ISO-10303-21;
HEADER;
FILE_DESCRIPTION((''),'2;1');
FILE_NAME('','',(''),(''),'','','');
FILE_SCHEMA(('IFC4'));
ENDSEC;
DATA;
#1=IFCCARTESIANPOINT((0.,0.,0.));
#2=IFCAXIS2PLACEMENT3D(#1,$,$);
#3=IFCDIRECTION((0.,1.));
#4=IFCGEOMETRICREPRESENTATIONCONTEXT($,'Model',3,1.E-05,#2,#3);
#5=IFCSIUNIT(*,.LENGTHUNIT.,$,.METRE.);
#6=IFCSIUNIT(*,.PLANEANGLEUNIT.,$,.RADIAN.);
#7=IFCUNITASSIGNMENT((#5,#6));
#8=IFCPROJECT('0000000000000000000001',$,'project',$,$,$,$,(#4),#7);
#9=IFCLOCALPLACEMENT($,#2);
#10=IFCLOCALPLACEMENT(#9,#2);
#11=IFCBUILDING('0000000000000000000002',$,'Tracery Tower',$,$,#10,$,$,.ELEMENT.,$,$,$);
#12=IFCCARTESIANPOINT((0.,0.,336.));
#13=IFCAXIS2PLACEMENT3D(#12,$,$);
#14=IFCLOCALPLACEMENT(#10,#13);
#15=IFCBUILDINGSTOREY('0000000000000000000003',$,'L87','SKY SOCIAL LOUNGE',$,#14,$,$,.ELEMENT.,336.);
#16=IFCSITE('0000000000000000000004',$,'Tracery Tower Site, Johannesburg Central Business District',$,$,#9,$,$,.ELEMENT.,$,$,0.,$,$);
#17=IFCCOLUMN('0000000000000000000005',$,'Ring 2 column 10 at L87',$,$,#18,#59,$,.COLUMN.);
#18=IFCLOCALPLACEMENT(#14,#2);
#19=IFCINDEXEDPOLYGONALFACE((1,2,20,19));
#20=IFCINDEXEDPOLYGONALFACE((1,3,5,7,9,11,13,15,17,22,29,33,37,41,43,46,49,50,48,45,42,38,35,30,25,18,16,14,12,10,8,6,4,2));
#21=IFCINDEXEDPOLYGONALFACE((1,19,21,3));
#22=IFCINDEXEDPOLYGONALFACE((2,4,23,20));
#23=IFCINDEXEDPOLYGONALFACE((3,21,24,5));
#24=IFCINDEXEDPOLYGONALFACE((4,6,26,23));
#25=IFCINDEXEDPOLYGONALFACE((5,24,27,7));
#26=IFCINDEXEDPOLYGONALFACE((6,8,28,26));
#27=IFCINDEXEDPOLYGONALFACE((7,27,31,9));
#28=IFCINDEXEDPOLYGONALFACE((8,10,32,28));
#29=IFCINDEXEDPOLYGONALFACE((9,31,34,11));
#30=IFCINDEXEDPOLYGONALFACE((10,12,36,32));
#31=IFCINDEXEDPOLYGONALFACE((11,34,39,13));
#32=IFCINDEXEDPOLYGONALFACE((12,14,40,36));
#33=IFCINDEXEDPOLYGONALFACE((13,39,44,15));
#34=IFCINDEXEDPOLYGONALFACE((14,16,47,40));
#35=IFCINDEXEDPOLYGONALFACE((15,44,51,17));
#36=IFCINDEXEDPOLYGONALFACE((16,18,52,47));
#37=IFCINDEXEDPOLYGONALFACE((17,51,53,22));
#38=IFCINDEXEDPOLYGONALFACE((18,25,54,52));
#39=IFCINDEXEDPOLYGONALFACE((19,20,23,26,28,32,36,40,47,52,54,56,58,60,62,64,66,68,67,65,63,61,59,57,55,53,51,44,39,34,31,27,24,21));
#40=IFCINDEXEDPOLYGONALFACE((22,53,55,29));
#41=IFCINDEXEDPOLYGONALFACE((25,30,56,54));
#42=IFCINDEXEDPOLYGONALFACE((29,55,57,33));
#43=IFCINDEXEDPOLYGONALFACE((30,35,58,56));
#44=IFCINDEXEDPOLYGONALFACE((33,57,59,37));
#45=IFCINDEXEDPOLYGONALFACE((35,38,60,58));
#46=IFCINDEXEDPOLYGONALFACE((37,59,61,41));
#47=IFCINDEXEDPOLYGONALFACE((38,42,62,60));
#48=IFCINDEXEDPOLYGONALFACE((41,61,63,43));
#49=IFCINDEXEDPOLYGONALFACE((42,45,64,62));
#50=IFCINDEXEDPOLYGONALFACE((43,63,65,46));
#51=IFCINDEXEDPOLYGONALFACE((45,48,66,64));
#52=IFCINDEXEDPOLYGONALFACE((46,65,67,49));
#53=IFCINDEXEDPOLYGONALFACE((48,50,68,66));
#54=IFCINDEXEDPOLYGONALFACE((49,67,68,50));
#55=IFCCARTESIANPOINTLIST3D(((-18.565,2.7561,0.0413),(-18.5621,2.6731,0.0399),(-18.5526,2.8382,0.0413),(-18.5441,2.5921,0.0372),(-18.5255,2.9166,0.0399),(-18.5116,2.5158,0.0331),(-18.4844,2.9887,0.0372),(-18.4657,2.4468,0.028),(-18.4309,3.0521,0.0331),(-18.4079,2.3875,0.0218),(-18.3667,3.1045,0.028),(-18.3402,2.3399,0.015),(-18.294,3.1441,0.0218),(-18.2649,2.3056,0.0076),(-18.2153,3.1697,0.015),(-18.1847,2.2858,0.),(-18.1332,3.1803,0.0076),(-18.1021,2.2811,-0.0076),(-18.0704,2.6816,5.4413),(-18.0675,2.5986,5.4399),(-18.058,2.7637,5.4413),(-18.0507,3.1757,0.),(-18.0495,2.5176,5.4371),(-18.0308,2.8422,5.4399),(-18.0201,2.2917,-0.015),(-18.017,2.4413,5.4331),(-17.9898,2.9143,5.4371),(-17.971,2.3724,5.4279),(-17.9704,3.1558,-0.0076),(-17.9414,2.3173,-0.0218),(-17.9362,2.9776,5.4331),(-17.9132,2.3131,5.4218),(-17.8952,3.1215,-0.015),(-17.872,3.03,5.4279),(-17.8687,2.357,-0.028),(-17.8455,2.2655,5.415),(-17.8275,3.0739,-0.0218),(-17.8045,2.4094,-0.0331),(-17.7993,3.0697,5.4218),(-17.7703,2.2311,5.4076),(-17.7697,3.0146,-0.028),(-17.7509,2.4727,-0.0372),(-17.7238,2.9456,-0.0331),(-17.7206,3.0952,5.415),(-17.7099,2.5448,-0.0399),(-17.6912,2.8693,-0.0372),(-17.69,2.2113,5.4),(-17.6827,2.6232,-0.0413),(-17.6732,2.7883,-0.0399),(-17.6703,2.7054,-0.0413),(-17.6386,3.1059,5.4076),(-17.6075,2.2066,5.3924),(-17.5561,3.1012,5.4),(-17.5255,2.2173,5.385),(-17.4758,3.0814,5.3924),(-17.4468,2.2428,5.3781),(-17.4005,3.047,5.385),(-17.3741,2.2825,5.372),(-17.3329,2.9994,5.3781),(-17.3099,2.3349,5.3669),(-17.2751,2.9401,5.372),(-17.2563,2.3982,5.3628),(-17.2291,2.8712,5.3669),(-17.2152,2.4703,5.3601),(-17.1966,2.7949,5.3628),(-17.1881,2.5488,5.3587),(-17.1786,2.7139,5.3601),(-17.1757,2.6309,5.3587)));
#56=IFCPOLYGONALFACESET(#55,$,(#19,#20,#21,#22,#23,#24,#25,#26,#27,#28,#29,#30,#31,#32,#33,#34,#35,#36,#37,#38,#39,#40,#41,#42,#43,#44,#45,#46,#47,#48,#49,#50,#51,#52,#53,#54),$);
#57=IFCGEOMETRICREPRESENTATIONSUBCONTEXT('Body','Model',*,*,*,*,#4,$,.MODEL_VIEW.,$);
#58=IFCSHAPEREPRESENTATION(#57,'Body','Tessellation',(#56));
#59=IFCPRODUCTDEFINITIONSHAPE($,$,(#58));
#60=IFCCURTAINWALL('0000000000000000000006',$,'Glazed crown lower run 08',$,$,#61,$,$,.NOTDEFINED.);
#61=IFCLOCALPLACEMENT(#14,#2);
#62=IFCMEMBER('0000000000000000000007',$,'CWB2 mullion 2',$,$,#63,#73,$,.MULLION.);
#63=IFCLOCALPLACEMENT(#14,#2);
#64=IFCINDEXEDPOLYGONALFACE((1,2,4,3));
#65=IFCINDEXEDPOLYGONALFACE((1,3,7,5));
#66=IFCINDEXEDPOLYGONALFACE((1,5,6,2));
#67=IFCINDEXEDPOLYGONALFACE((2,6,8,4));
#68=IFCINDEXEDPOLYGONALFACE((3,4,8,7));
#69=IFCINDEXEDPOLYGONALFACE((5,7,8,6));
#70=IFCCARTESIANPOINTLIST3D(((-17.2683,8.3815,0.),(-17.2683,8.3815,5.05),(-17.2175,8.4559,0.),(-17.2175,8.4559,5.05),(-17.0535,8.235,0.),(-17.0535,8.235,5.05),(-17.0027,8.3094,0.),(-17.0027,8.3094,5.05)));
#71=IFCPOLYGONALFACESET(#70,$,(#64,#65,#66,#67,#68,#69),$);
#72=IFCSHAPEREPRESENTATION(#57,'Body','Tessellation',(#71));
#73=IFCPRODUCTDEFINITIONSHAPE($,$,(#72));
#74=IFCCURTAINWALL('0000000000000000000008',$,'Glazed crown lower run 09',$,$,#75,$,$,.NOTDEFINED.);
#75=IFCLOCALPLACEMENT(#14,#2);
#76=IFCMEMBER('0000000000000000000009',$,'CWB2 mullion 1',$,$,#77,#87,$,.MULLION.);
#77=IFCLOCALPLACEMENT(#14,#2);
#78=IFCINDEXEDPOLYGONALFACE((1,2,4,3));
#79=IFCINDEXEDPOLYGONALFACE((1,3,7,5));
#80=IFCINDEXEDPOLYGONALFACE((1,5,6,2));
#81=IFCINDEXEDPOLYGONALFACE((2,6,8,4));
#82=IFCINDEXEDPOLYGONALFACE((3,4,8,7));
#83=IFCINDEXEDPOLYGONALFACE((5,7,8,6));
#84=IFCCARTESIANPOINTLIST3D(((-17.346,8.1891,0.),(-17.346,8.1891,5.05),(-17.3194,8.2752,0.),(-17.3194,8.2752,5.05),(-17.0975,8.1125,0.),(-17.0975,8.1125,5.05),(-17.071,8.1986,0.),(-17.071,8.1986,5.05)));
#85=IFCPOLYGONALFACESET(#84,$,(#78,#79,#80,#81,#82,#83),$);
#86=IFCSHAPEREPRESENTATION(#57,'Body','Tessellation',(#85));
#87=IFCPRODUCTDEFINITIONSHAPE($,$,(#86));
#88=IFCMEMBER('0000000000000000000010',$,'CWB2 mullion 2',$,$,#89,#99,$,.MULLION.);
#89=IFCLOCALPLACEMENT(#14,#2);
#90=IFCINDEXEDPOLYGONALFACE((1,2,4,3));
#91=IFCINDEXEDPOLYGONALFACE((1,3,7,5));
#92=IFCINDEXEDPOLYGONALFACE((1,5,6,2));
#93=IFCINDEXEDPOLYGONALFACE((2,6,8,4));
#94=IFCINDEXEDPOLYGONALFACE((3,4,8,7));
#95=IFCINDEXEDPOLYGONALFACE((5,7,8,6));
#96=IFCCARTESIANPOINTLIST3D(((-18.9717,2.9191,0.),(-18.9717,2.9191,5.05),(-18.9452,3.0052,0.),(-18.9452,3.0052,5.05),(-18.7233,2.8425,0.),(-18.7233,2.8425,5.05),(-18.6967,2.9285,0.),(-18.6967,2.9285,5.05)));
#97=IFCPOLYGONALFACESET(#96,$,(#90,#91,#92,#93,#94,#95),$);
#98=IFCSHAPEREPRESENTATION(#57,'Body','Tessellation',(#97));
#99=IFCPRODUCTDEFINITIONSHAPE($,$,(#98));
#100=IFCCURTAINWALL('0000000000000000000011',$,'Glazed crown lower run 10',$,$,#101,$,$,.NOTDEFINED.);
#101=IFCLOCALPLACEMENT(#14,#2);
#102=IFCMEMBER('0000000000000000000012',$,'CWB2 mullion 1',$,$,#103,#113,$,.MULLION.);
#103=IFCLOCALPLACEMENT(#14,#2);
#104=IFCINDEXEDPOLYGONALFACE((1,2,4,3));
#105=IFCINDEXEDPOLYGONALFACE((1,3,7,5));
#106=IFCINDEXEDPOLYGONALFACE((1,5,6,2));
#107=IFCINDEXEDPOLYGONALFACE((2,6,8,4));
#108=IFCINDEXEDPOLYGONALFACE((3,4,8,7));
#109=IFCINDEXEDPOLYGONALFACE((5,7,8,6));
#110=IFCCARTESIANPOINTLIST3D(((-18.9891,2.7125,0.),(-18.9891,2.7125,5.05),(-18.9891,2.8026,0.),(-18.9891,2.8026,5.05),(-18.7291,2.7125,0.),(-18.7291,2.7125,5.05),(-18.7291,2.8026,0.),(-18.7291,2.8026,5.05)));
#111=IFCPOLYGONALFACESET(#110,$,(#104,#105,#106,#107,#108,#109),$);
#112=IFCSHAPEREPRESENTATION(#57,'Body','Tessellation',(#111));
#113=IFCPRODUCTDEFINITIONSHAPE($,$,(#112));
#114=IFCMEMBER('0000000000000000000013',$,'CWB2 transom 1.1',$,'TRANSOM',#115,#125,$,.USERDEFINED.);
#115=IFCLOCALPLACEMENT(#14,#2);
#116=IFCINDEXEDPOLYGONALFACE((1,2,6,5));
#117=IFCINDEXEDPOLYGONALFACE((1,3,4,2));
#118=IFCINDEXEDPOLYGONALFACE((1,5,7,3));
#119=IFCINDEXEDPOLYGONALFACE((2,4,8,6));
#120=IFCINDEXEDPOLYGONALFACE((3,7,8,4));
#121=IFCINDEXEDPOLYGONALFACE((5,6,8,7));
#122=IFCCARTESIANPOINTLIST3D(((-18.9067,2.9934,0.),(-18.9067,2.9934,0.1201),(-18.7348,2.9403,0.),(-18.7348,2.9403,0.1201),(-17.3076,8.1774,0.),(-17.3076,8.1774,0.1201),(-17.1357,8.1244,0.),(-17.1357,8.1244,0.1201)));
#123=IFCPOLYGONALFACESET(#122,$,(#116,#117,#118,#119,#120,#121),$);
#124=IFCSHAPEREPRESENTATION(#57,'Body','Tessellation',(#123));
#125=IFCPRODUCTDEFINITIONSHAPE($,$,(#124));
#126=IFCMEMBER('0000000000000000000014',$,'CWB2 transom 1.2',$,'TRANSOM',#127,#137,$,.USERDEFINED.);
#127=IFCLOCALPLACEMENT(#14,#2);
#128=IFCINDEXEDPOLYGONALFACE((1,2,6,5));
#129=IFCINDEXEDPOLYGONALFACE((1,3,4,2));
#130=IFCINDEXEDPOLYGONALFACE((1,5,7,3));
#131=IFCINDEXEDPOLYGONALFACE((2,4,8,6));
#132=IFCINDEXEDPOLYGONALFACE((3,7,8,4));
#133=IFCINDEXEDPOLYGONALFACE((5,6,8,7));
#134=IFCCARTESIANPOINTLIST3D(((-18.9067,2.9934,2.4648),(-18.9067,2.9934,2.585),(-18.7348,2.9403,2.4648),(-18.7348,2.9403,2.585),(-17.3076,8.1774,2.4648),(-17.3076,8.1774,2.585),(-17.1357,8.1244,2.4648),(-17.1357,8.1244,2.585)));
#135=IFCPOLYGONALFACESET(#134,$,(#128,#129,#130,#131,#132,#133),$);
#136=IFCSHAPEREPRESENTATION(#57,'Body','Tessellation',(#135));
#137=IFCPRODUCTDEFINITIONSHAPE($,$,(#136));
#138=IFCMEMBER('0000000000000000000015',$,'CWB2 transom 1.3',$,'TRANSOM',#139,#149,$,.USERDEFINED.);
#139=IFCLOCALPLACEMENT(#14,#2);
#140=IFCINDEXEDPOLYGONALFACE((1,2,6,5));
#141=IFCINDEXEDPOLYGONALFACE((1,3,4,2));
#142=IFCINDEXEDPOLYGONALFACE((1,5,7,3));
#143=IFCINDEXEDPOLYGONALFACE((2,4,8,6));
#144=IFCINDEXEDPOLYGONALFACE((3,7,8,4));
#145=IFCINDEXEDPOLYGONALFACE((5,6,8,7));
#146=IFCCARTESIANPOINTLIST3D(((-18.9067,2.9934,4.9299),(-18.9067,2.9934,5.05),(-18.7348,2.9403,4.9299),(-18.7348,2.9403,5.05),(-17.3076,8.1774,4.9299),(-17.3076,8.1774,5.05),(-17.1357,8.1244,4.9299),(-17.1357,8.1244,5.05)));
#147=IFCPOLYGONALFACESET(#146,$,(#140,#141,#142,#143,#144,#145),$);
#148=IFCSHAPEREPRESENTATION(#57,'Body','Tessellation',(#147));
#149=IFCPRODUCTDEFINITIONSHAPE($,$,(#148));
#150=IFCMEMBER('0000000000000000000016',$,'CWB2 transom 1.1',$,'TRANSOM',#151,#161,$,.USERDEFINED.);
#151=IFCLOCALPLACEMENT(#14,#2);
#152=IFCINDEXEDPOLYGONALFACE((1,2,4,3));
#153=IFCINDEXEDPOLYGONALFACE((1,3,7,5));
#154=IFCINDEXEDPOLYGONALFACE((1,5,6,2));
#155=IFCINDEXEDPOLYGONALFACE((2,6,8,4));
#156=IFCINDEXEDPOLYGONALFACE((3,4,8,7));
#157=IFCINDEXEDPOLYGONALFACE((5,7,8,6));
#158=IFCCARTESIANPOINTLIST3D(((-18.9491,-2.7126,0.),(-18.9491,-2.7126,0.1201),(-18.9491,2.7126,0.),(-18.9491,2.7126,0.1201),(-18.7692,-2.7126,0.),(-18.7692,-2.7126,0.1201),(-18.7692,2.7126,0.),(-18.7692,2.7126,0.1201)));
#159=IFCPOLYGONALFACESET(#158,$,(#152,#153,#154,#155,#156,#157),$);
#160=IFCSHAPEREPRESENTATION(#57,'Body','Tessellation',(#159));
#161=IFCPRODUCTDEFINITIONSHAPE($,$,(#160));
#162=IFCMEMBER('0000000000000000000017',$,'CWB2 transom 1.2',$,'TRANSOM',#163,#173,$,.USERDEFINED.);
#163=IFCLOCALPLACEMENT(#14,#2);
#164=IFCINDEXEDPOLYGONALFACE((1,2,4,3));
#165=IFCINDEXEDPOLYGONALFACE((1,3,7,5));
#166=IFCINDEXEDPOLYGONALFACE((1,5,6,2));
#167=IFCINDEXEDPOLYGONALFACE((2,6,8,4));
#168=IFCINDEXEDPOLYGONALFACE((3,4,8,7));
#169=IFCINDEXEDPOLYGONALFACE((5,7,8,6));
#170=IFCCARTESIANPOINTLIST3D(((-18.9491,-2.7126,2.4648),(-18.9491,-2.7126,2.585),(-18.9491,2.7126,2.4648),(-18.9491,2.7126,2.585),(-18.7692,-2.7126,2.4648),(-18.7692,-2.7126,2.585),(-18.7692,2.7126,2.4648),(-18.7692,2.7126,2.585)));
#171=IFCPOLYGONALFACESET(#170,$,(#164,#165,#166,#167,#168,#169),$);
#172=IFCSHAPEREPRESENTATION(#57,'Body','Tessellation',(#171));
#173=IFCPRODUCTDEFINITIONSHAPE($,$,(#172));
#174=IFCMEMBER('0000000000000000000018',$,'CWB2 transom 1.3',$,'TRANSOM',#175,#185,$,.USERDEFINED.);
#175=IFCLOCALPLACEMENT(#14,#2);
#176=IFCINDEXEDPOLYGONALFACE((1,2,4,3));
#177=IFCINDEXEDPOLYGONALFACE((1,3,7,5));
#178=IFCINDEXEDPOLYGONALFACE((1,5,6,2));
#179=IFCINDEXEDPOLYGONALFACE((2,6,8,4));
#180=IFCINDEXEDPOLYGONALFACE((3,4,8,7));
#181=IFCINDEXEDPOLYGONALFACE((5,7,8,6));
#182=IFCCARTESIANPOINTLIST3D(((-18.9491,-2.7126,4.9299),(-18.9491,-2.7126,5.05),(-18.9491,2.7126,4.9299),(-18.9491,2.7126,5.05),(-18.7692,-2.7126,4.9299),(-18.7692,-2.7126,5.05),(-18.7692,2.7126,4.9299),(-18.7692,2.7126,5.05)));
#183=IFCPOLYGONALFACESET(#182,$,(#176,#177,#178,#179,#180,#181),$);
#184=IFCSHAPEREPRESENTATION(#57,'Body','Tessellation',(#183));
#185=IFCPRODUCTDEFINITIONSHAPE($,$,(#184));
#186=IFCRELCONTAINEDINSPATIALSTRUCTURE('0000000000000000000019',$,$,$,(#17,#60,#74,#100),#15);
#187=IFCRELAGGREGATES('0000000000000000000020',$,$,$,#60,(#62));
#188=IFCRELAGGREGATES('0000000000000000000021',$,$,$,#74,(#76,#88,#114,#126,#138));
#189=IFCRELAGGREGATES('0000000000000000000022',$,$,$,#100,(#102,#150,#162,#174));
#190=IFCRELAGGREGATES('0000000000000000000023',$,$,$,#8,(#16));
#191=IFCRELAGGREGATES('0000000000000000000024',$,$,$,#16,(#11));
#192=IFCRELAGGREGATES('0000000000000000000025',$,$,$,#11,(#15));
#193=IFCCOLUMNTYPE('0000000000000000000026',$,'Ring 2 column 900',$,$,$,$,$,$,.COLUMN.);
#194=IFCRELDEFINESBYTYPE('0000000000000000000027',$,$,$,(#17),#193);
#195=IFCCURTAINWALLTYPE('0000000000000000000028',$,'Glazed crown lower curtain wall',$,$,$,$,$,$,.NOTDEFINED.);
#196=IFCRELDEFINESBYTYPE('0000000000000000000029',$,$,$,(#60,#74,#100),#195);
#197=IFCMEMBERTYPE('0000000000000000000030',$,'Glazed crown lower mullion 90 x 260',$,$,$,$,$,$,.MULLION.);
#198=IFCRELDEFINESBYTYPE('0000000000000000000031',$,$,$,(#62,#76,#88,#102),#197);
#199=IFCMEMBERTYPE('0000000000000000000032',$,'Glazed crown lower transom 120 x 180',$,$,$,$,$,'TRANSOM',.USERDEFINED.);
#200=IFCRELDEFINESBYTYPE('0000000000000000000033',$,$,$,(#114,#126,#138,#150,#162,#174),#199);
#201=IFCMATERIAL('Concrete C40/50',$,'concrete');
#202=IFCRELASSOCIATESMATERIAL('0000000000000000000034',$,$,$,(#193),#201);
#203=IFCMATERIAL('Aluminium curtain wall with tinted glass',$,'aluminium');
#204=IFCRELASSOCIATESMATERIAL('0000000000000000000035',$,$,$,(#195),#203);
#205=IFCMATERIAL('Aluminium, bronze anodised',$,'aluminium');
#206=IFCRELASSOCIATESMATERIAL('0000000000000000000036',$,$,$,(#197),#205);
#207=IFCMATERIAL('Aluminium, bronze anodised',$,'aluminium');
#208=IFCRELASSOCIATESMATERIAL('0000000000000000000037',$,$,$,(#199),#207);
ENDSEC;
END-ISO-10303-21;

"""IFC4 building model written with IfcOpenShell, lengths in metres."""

from ifc_helpers import new_model, si_unit, direction, frame, origin, origin_2d, place, context, subcontext, project, spatial, rectangle, circle, extrude, material, material_profile, profile_set, type_object, element, aggregate, save


model = new_model("IFC4")

# Units and contexts
model_context = context("Model", 3, precision=1e-05, world=origin(), true_north=direction((0.0, 1.0)))
body_context = subcontext(model_context, "Body", "Model", "MODEL_VIEW")
ifc_project = project(units=[si_unit("LENGTHUNIT", "METRE"), si_unit("PLANEANGLEUNIT", "RADIAN")], contexts=[model_context])

# Site, building, storey
site_placement = place(None, origin())
site = spatial("IfcSite", under=ifc_project, at=site_placement, Name="Tracery Tower Site, Johannesburg Central Business District", CompositionType="ELEMENT", RefElevation=0.0)
building_placement = place(site_placement, origin())
building = spatial("IfcBuilding", under=site, at=building_placement, Name="Tracery Tower", CompositionType="ELEMENT")
storey_placement = place(building_placement, frame((0.0, 0.0, 336.0)))
storey = spatial("IfcBuildingStorey", under=building, at=storey_placement, Name="L87", Description="SKY SOCIAL LOUNGE", CompositionType="ELEMENT", Elevation=336.0)

# Column
ifc_material_1 = material(Name="Concrete C40/50", Category="concrete")
ifc_material_profile_1 = material_profile(ifc_material_1, circle(Radius=0.45, at=origin_2d()), Name="RC D900")
ifc_profile_set_1 = profile_set([ifc_material_profile_1], Name="Concrete C40/50")
column_type = type_object("IfcColumnType", Name="Ring 2 column 900", PredefinedType="COLUMN", material=ifc_profile_set_1)
column_placement = place(storey_placement, frame((-18.1177, 2.7307, 0.0), z_axis=(0.091209, -0.013731, 0.995737), x_axis=(0.148866, 0.988857, 0.0)))
element("IfcColumn", 1, at=column_placement, inside=storey, type_object=column_type, Name="Ring 2 column 10 at L87", PredefinedType="COLUMN", context=body_context, shape_type="SweptSolid", body=[
    extrude(circle(Radius=0.45, at=origin_2d()), origin(), (0.0, 0.0, 1.0), 5.4231),
])

# Curtain wall, member
ifc_material_2 = material(Name="Aluminium curtain wall with tinted glass", Category="aluminium")
curtain_wall_type = type_object("IfcCurtainWallType", Name="Glazed crown lower curtain wall", PredefinedType="NOTDEFINED", material=ifc_material_2)
curtain_wall_1_placement = place(storey_placement, origin())
curtain_wall_1 = element("IfcCurtainWall", 2, at=curtain_wall_1_placement, inside=storey, type_object=curtain_wall_type, Name="Glazed crown lower run 08", PredefinedType="NOTDEFINED")
ifc_material_3 = material(Name="Aluminium, bronze anodised", Category="aluminium")
ifc_material_profile_2 = material_profile(ifc_material_3, rectangle(XDim=0.26, YDim=0.0901, at=origin_2d()), Name="Glazed crown lower mullion 90 x 260")
ifc_profile_set_2 = profile_set([ifc_material_profile_2], Name="Aluminium, bronze anodised")
member_type_1 = type_object("IfcMemberType", Name="Glazed crown lower mullion 90 x 260", PredefinedType="MULLION", material=ifc_profile_set_2)
member_1_placement = place(storey_placement, frame((-17.1355, 8.3455, 0.0), z_axis=(0.0, 0.0, 1.0), x_axis=(0.826233, -0.563329, 0.0)))
member_1 = element("IfcMember", 3, at=member_1_placement, type_object=member_type_1, Name="CWB2 mullion 2", PredefinedType="MULLION", context=body_context, shape_type="SweptSolid", body=[
    extrude(rectangle(XDim=0.26, YDim=0.0901, at=origin_2d()), origin(), (0.0, 0.0, 1.0), 5.05),
])
aggregate(curtain_wall_1, [member_1])

# Curtain wall, members
curtain_wall_2_placement = place(storey_placement, origin())
curtain_wall_2 = element("IfcCurtainWall", 4, at=curtain_wall_2_placement, inside=storey, type_object=curtain_wall_type, Name="Glazed crown lower run 09", PredefinedType="NOTDEFINED")
member_2_placement = place(storey_placement, frame((-17.2085, 8.1938, 0.0), z_axis=(0.0, 0.0, 1.0), x_axis=(0.95557, -0.294765, 0.0)))
member_2 = element("IfcMember", 5, at=member_2_placement, type_object=member_type_1, Name="CWB2 mullion 1", PredefinedType="MULLION", context=body_context, shape_type="SweptSolid", body=[
    extrude(rectangle(XDim=0.26, YDim=0.0901, at=origin_2d()), origin(), (0.0, 0.0, 1.0), 5.05),
])
member_3_placement = place(storey_placement, frame((-18.8342, 2.9238, 0.0), z_axis=(0.0, 0.0, 1.0), x_axis=(0.95557, -0.294765, 0.0)))
member_3 = element("IfcMember", 6, at=member_3_placement, type_object=member_type_1, Name="CWB2 mullion 2", PredefinedType="MULLION", context=body_context, shape_type="SweptSolid", body=[
    extrude(rectangle(XDim=0.26, YDim=0.0901, at=origin_2d()), origin(), (0.0, 0.0, 1.0), 5.05),
])

# Curtain wall, member
curtain_wall_3_placement = place(storey_placement, origin())
curtain_wall_3 = element("IfcCurtainWall", 7, at=curtain_wall_3_placement, inside=storey, type_object=curtain_wall_type, Name="Glazed crown lower run 10", PredefinedType="NOTDEFINED")
member_4_placement = place(storey_placement, frame((-18.8591, 2.7576, 0.0), z_axis=(0.0, 0.0, 1.0), x_axis=(1.0, 0.0, 0.0)))
member_4 = element("IfcMember", 8, at=member_4_placement, type_object=member_type_1, Name="CWB2 mullion 1", PredefinedType="MULLION", context=body_context, shape_type="SweptSolid", body=[
    extrude(rectangle(XDim=0.26, YDim=0.0901, at=origin_2d()), origin(), (0.0, 0.0, 1.0), 5.05),
])

# Members
ifc_material_4 = material(Name="Aluminium, bronze anodised", Category="aluminium")
ifc_material_profile_3 = material_profile(ifc_material_4, rectangle(XDim=0.1799, YDim=0.1201, at=origin_2d()), Name="Glazed crown lower transom 120 x 180")
ifc_profile_set_3 = profile_set([ifc_material_profile_3], Name="Aluminium, bronze anodised")
member_type_2 = type_object("IfcMemberType", Name="Glazed crown lower transom 120 x 180", ElementType="TRANSOM", PredefinedType="USERDEFINED", material=ifc_profile_set_3)
member_5_placement = place(storey_placement, frame((-17.2217, 8.1509, 0.0601), z_axis=(-0.294763, -0.955571, 0.0), x_axis=(0.955571, -0.294763, 0.0)))
member_5 = element("IfcMember", 9, at=member_5_placement, type_object=member_type_2, Name="CWB2 transom 1.1", ObjectType="TRANSOM", PredefinedType="USERDEFINED", context=body_context, shape_type="SweptSolid", body=[
    extrude(rectangle(XDim=0.1799, YDim=0.1201, at=origin_2d()), origin(), (0.0, 0.0, 1.0), 5.425),
])
member_6_placement = place(storey_placement, frame((-17.2217, 8.1509, 2.5249), z_axis=(-0.294763, -0.955571, 0.0), x_axis=(0.955571, -0.294763, 0.0)))
member_6 = element("IfcMember", 10, at=member_6_placement, type_object=member_type_2, Name="CWB2 transom 1.2", ObjectType="TRANSOM", PredefinedType="USERDEFINED", context=body_context, shape_type="SweptSolid", body=[
    extrude(rectangle(XDim=0.1799, YDim=0.1201, at=origin_2d()), origin(), (0.0, 0.0, 1.0), 5.425),
])
member_7_placement = place(storey_placement, frame((-17.2217, 8.1509, 4.99), z_axis=(-0.294763, -0.955571, 0.0), x_axis=(0.955571, -0.294763, 0.0)))
member_7 = element("IfcMember", 11, at=member_7_placement, type_object=member_type_2, Name="CWB2 transom 1.3", ObjectType="TRANSOM", PredefinedType="USERDEFINED", context=body_context, shape_type="SweptSolid", body=[
    extrude(rectangle(XDim=0.1799, YDim=0.1201, at=origin_2d()), origin(), (0.0, 0.0, 1.0), 5.425),
])
member_8_placement = place(storey_placement, frame((-18.8591, 2.7126, 0.0601), z_axis=(0.0, -1.0, 0.0), x_axis=(1.0, 0.0, 0.0)))
member_8 = element("IfcMember", 12, at=member_8_placement, type_object=member_type_2, Name="CWB2 transom 1.1", ObjectType="TRANSOM", PredefinedType="USERDEFINED", context=body_context, shape_type="SweptSolid", body=[
    extrude(rectangle(XDim=0.1799, YDim=0.1201, at=origin_2d()), origin(), (0.0, 0.0, 1.0), 5.4253),
])
member_9_placement = place(storey_placement, frame((-18.8591, 2.7126, 2.5249), z_axis=(0.0, -1.0, 0.0), x_axis=(1.0, 0.0, 0.0)))
member_9 = element("IfcMember", 13, at=member_9_placement, type_object=member_type_2, Name="CWB2 transom 1.2", ObjectType="TRANSOM", PredefinedType="USERDEFINED", context=body_context, shape_type="SweptSolid", body=[
    extrude(rectangle(XDim=0.1799, YDim=0.1201, at=origin_2d()), origin(), (0.0, 0.0, 1.0), 5.4253),
])
member_10_placement = place(storey_placement, frame((-18.8591, 2.7126, 4.99), z_axis=(0.0, -1.0, 0.0), x_axis=(1.0, 0.0, 0.0)))
member_10 = element("IfcMember", 14, at=member_10_placement, type_object=member_type_2, Name="CWB2 transom 1.3", ObjectType="TRANSOM", PredefinedType="USERDEFINED", context=body_context, shape_type="SweptSolid", body=[
    extrude(rectangle(XDim=0.1799, YDim=0.1201, at=origin_2d()), origin(), (0.0, 0.0, 1.0), 5.4253),
])

aggregate(curtain_wall_2, [member_2, member_3, member_5, member_6, member_7])
aggregate(curtain_wall_3, [member_4, member_8, member_9, member_10])

save(model, "model.ifc")
